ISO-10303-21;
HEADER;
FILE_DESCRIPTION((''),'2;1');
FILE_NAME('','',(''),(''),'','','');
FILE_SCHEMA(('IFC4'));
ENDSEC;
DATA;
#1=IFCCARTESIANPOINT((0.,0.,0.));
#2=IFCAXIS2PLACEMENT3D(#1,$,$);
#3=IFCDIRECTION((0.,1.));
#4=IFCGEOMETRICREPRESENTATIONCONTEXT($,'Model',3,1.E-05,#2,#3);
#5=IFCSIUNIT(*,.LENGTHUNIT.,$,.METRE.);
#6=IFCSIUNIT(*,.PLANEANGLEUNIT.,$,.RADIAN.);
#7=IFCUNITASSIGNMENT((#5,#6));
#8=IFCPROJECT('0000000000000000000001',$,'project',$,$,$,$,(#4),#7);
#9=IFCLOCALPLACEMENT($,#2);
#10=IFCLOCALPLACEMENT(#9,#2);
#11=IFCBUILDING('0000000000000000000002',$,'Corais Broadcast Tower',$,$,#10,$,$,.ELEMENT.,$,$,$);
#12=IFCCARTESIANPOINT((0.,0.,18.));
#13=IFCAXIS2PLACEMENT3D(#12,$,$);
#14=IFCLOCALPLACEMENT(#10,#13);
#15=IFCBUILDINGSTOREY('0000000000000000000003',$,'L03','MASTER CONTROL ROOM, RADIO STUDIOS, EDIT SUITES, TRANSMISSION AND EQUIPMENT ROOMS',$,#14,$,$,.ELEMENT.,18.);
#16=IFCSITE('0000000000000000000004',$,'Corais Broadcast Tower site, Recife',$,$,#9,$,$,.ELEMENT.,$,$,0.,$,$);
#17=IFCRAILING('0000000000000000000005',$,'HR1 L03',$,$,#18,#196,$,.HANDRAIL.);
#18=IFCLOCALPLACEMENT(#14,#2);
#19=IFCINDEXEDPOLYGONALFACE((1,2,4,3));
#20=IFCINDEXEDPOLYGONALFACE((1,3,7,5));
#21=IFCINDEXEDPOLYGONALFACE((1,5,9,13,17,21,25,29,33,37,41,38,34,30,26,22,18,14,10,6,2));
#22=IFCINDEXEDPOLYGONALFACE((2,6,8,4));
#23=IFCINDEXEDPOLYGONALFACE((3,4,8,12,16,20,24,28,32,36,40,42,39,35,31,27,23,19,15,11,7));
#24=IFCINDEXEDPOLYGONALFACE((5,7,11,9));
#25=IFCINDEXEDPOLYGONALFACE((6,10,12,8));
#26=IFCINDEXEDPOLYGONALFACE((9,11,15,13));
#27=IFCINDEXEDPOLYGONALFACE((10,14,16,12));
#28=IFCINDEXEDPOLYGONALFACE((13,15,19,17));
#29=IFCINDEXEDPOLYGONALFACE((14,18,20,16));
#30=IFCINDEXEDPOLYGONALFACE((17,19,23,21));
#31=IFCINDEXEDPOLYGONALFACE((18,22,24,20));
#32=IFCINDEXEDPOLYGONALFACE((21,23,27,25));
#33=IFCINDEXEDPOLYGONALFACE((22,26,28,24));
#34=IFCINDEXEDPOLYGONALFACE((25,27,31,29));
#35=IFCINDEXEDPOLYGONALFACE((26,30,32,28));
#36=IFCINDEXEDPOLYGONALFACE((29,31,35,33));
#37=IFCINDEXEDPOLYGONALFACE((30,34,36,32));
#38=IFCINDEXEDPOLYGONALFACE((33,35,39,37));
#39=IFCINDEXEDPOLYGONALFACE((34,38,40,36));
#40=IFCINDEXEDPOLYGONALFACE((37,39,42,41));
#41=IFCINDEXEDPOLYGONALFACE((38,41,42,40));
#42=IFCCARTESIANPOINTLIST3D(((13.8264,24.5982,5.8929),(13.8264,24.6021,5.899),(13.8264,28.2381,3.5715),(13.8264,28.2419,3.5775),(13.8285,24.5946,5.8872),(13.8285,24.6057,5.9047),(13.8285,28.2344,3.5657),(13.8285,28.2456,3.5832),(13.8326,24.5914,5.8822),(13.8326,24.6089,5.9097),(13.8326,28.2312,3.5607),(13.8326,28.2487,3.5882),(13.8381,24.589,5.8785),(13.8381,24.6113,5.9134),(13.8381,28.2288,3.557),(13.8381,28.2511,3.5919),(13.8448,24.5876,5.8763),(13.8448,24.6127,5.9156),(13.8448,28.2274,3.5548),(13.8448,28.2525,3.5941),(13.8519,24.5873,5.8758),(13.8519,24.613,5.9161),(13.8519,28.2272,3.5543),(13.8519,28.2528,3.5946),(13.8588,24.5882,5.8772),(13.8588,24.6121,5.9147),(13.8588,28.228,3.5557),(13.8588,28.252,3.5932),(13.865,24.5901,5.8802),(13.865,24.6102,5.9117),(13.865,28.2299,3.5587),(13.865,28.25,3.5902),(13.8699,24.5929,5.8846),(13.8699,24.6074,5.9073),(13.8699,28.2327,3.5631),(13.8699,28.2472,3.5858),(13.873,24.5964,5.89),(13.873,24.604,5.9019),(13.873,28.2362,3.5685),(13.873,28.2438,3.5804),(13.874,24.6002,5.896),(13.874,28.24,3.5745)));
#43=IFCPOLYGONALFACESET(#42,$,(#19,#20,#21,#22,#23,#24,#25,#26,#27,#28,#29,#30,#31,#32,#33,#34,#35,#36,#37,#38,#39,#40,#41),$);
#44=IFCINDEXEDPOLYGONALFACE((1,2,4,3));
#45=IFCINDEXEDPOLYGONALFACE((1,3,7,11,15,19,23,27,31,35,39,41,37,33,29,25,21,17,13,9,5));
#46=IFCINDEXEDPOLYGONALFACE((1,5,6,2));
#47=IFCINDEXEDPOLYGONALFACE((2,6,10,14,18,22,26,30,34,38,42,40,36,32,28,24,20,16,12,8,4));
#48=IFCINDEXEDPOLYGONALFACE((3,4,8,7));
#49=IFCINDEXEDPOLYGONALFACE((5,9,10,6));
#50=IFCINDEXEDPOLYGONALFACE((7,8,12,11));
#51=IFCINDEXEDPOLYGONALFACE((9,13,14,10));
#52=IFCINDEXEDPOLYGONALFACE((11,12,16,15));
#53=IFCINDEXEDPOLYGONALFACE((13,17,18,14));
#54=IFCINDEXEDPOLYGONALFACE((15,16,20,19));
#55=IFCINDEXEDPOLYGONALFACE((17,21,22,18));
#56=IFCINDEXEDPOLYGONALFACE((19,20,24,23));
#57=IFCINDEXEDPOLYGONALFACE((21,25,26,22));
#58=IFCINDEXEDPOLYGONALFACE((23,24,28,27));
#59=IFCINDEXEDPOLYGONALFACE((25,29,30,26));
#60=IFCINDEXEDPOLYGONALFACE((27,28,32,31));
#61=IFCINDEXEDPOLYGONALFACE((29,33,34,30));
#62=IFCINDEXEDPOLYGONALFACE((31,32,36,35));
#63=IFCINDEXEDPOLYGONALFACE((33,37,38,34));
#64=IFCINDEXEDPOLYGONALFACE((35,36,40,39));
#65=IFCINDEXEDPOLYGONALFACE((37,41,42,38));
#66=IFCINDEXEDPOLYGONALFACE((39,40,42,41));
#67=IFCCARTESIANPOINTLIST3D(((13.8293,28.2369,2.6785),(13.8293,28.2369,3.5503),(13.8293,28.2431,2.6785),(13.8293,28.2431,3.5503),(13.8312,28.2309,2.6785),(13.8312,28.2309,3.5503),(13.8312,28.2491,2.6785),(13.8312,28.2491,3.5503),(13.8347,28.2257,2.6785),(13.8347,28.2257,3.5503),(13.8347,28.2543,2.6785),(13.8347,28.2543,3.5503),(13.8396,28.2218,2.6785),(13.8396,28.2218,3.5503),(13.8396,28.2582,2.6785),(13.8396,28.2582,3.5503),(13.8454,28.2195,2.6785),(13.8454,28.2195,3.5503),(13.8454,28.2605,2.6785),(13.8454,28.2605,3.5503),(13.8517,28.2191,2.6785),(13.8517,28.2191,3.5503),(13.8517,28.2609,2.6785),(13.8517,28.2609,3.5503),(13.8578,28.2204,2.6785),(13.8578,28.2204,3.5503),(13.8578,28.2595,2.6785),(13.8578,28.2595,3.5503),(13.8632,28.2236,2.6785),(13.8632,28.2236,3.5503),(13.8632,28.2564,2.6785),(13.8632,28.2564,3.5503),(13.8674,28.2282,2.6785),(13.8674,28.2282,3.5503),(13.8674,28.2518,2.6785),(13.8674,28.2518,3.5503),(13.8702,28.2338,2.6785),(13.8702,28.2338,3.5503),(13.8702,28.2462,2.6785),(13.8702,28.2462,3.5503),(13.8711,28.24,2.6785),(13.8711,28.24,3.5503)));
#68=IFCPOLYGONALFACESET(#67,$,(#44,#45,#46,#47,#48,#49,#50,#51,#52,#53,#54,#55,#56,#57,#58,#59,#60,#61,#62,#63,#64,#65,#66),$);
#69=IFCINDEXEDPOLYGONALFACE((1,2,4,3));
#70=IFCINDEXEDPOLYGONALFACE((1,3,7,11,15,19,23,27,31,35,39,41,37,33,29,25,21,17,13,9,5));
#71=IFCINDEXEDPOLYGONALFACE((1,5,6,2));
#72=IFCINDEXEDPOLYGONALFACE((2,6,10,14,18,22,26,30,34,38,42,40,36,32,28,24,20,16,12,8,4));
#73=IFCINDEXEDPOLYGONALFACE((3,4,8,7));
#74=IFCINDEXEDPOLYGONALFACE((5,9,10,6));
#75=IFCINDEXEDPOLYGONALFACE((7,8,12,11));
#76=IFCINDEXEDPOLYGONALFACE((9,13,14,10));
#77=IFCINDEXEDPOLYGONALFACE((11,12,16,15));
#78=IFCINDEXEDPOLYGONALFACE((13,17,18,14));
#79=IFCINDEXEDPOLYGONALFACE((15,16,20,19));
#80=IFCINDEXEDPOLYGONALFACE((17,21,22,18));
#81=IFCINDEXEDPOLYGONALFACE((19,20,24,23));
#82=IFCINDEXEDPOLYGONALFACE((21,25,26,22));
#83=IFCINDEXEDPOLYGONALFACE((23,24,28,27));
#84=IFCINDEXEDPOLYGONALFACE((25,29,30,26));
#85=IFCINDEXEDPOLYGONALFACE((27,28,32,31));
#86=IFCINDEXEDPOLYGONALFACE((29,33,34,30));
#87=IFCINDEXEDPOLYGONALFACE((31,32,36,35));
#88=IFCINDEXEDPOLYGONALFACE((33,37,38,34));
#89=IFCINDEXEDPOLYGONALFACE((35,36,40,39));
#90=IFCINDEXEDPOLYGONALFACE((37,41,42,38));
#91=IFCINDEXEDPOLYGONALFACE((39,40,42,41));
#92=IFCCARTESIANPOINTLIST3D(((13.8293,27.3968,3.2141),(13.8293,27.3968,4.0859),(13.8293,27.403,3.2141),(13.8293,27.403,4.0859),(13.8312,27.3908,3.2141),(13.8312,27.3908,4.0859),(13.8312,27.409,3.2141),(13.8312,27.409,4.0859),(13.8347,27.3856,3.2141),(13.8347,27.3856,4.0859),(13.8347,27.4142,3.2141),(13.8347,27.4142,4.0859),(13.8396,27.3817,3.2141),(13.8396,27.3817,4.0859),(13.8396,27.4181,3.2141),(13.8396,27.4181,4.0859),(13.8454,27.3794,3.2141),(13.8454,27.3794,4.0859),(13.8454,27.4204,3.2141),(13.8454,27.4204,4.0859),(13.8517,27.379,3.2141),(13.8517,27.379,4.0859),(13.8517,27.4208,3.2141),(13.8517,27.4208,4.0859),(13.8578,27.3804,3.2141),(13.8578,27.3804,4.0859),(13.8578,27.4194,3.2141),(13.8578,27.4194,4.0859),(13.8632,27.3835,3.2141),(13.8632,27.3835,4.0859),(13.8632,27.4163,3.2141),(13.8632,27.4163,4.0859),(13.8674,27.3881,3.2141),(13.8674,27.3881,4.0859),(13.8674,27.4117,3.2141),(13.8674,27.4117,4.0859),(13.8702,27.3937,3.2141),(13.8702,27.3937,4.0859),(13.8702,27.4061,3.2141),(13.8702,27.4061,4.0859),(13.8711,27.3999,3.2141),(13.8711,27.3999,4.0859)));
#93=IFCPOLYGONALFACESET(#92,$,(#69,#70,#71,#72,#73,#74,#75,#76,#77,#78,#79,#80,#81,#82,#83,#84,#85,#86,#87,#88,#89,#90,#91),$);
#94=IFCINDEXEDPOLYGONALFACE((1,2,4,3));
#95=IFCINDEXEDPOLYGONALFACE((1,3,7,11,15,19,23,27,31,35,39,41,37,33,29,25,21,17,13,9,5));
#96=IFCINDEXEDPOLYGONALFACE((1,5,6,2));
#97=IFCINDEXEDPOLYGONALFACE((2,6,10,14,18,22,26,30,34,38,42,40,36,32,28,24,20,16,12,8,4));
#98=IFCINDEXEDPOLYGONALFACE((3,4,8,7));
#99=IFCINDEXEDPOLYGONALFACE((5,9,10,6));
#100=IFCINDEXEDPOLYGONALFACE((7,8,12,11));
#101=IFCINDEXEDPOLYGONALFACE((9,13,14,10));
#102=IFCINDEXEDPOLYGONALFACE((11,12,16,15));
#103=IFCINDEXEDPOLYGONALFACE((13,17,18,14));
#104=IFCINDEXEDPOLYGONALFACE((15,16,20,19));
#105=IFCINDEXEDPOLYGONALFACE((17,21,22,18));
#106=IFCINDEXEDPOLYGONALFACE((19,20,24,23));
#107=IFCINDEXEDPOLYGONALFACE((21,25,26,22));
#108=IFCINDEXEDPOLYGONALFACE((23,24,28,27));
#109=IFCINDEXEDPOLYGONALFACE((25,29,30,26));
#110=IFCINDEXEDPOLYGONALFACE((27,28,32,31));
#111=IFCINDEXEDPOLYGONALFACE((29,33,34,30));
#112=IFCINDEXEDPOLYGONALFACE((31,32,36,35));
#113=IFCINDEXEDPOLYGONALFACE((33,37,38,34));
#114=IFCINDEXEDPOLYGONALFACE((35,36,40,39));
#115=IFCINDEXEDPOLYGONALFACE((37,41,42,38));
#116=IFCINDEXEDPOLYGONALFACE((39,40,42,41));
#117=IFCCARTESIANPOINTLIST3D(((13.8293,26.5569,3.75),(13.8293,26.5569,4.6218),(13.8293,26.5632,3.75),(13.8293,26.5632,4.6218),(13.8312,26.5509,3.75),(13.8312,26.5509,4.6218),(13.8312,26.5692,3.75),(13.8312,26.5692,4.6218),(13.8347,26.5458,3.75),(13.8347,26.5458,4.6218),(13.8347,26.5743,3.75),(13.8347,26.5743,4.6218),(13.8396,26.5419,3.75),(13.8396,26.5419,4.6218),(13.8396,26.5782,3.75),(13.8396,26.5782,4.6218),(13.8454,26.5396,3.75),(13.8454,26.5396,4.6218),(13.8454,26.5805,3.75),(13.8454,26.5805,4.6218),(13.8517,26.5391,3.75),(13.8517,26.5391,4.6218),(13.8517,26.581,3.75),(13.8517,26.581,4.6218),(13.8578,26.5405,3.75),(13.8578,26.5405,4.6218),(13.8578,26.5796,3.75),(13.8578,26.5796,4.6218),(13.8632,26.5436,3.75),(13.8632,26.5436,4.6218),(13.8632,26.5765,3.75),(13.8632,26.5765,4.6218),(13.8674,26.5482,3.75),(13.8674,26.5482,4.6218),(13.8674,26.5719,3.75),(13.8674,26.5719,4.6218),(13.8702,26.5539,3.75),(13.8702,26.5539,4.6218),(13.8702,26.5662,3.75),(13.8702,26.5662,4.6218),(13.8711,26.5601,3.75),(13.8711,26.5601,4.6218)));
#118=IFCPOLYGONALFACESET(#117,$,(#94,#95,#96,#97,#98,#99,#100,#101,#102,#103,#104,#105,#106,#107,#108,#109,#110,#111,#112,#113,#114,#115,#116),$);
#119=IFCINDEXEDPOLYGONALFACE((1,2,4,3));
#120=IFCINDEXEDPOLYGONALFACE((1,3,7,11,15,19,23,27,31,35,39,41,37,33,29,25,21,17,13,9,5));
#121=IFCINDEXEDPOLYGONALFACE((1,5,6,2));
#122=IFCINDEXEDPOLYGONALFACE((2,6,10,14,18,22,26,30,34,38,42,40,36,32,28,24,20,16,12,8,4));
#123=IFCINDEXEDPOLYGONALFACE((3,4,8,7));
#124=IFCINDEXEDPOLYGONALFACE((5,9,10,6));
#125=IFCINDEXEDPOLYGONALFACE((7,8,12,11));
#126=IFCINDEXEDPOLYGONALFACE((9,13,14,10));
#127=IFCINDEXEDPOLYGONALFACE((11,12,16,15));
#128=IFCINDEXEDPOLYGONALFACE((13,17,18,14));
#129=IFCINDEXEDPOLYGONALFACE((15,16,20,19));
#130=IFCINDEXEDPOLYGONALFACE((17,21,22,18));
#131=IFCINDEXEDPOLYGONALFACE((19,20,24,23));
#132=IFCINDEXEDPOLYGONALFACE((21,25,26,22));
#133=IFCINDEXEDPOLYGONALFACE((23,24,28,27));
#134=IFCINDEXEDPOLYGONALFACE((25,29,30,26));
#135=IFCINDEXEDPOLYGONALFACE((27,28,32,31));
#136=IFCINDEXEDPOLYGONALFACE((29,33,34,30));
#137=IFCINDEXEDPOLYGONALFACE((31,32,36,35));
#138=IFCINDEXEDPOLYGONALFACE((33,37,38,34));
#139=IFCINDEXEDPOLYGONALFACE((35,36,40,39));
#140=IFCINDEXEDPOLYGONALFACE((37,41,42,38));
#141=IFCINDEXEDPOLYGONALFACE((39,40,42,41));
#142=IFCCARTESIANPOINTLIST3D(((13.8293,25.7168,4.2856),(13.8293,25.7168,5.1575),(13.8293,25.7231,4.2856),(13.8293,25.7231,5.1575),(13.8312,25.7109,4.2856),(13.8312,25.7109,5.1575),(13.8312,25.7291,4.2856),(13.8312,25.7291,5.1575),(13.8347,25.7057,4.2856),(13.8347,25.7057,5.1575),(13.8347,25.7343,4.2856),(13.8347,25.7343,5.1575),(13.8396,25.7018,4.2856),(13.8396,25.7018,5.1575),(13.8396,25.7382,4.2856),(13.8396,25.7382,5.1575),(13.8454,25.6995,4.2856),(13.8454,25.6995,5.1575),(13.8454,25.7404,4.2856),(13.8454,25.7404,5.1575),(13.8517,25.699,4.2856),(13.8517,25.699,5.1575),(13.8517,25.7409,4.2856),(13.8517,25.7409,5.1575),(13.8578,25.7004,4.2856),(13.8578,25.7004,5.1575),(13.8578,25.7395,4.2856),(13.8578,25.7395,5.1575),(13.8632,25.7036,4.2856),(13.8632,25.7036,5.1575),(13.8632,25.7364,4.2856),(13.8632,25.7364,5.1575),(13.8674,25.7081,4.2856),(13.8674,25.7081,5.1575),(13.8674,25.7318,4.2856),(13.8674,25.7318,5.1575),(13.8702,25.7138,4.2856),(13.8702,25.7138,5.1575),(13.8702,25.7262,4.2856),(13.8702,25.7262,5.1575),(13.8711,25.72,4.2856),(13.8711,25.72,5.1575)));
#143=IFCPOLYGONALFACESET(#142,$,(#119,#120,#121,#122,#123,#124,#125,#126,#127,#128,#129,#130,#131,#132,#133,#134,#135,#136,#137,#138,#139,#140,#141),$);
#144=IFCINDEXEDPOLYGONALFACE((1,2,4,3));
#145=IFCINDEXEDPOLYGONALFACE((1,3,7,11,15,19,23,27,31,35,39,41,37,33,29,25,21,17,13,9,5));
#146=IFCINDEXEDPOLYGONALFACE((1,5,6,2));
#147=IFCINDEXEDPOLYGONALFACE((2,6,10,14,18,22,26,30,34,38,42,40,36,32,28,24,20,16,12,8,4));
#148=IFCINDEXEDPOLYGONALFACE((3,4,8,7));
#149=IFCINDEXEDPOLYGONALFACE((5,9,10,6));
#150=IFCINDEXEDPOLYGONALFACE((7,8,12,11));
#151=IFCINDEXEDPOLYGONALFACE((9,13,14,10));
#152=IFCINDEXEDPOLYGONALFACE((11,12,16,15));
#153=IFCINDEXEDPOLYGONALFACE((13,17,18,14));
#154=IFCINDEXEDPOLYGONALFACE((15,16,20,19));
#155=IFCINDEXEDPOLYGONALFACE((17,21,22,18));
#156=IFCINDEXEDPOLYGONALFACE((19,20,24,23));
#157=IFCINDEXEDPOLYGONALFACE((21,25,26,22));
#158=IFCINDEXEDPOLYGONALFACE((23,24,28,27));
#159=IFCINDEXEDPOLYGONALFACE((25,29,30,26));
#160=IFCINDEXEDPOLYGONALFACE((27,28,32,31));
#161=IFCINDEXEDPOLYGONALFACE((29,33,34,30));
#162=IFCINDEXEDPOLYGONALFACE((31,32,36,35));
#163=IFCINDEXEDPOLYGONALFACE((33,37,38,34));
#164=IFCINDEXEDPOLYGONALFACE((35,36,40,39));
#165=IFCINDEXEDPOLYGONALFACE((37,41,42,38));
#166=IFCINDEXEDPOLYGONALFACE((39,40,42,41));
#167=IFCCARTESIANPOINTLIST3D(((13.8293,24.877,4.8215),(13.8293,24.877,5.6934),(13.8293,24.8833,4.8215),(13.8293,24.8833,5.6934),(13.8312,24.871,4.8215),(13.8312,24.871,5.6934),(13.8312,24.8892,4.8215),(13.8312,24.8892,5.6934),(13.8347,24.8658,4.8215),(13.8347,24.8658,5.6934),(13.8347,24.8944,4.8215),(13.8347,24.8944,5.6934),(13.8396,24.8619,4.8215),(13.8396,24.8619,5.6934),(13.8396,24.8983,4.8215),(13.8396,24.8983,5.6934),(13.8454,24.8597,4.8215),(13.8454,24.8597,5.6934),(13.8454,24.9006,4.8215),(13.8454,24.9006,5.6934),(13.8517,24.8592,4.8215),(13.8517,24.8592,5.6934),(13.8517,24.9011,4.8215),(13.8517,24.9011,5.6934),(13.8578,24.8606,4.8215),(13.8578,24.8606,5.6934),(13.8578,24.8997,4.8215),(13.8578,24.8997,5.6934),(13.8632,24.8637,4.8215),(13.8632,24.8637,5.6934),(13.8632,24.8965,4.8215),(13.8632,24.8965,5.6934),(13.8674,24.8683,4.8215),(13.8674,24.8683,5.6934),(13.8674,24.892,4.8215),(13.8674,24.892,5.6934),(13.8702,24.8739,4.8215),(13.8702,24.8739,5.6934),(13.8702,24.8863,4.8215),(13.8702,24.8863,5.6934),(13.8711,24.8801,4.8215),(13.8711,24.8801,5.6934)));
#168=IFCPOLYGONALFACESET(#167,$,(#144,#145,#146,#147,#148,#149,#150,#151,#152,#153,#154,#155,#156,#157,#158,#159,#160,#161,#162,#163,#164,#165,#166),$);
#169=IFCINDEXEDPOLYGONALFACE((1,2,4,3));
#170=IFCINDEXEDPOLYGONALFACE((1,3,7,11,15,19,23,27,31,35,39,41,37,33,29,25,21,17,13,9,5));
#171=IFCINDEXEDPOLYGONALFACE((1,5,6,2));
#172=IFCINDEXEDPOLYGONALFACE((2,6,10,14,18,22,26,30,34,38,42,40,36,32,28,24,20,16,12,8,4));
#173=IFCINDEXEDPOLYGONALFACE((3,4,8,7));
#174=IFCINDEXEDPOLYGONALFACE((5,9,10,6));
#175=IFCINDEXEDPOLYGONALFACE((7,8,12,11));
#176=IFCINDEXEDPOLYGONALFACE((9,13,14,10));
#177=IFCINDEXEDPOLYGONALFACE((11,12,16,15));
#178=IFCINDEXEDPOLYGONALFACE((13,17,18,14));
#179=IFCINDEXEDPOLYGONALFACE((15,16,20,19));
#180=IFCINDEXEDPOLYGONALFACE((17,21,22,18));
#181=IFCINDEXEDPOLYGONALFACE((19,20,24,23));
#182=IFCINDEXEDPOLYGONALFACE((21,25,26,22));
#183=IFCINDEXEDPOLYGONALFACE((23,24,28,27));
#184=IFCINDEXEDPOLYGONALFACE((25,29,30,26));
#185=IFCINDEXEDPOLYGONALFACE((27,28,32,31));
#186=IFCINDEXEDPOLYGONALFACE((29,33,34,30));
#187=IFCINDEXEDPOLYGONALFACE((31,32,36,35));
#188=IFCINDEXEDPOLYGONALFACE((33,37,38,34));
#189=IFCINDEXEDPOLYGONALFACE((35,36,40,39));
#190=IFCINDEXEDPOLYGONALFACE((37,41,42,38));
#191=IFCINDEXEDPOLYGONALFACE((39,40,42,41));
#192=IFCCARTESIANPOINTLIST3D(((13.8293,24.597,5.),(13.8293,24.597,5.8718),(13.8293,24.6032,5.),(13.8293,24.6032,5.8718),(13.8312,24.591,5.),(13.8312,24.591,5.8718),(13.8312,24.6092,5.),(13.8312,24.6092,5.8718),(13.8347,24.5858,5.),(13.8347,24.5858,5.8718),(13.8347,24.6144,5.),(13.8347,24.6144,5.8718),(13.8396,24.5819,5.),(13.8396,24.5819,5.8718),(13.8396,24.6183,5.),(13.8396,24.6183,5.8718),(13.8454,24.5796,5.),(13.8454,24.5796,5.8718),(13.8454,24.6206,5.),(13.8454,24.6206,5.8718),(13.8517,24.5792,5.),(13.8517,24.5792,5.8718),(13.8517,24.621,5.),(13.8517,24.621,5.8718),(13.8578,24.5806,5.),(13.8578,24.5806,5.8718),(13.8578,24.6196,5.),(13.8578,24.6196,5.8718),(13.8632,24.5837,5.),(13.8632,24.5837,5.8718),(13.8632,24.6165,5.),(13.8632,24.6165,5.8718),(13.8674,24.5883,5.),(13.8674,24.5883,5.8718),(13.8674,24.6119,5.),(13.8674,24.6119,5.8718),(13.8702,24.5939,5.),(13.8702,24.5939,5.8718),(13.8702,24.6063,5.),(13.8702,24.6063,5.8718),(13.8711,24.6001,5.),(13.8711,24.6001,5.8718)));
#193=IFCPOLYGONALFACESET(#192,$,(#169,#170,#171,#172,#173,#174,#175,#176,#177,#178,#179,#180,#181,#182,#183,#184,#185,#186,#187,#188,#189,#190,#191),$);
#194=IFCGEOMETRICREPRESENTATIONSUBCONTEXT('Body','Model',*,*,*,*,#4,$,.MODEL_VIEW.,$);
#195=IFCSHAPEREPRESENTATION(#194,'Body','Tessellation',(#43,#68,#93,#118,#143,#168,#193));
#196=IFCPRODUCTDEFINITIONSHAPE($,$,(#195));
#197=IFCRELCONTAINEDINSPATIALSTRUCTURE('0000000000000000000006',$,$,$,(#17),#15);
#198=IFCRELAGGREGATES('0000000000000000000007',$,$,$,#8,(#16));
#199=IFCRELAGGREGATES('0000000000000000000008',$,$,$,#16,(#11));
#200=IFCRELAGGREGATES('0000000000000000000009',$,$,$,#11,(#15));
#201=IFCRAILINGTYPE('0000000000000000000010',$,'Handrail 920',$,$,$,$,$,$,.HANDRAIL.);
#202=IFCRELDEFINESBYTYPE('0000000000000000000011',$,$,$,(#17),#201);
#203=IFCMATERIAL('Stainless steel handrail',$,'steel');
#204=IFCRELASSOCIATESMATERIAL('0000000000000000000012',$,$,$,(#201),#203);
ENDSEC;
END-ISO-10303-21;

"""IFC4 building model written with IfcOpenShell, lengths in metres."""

from ifc_helpers import new_model, si_unit, direction, frame, origin, origin_2d, place, context, subcontext, project, spatial, circle, extrude, material, type_object, element, save


model = new_model("IFC4")

# Units and contexts
model_context = context("Model", 3, precision=1e-05, world=origin(), true_north=direction((0.0, 1.0)))
body_context = subcontext(model_context, "Body", "Model", "MODEL_VIEW")
ifc_project = project(units=[si_unit("LENGTHUNIT", "METRE"), si_unit("PLANEANGLEUNIT", "RADIAN")], contexts=[model_context])

# Site, building, storey
site_placement = place(None, origin())
site = spatial("IfcSite", under=ifc_project, at=site_placement, Name="Corais Broadcast Tower site, Recife", CompositionType="ELEMENT", RefElevation=0.0)
building_placement = place(site_placement, origin())
building = spatial("IfcBuilding", under=site, at=building_placement, Name="Corais Broadcast Tower", CompositionType="ELEMENT")
storey_placement = place(building_placement, frame((0.0, 0.0, 18.0)))
storey = spatial("IfcBuildingStorey", under=building, at=storey_placement, Name="L03", Description="MASTER CONTROL ROOM, RADIO STUDIOS, EDIT SUITES, TRANSMISSION AND EQUIPMENT ROOMS", CompositionType="ELEMENT", Elevation=18.0)

# Railing
ifc_material_1 = material(Name="Stainless steel handrail", Category="steel")
railing_type = type_object("IfcRailingType", Name="Handrail 920", PredefinedType="HANDRAIL", material=ifc_material_1)
for number, where, name in (
    (1, (13.8501, 28.24, 2.6785), "HR1 L03"),
):
    element("IfcRailing", number, at=place(storey_placement, frame(where)), inside=storey, type_object=railing_type, Name=name, PredefinedType="HANDRAIL", context=body_context, shape_type="SweptSolid", body=[
        extrude(circle(Radius=0.0239, at=origin_2d()), frame((0.0, 0.0, 0.896), z_axis=(0.0, -0.843112, 0.537739), x_axis=(1.0, 0.0, 0.0)), (0.0, 0.0, 1.0), 4.3171),
        extrude(circle(Radius=0.021, at=origin_2d()), origin(), (0.0, 0.0, 1.0), 0.8718),
        extrude(circle(Radius=0.021, at=origin_2d()), frame((0.0, -0.8401, 0.5356)), (0.0, 0.0, 1.0), 0.8718),
        extrude(circle(Radius=0.021, at=origin_2d()), frame((0.0, -1.6799, 1.0715)), (0.0, 0.0, 1.0), 0.8718),
        extrude(circle(Radius=0.021, at=origin_2d()), frame((0.0, -2.52, 1.6072)), (0.0, 0.0, 1.0), 0.8718),
        extrude(circle(Radius=0.021, at=origin_2d()), frame((0.0, -3.3599, 2.1431)), (0.0, 0.0, 1.0), 0.8718),
        extrude(circle(Radius=0.021, at=origin_2d()), frame((0.0, -3.6399, 2.3215)), (0.0, 0.0, 1.0), 0.8718),
    ])

save(model, "model.ifc")
